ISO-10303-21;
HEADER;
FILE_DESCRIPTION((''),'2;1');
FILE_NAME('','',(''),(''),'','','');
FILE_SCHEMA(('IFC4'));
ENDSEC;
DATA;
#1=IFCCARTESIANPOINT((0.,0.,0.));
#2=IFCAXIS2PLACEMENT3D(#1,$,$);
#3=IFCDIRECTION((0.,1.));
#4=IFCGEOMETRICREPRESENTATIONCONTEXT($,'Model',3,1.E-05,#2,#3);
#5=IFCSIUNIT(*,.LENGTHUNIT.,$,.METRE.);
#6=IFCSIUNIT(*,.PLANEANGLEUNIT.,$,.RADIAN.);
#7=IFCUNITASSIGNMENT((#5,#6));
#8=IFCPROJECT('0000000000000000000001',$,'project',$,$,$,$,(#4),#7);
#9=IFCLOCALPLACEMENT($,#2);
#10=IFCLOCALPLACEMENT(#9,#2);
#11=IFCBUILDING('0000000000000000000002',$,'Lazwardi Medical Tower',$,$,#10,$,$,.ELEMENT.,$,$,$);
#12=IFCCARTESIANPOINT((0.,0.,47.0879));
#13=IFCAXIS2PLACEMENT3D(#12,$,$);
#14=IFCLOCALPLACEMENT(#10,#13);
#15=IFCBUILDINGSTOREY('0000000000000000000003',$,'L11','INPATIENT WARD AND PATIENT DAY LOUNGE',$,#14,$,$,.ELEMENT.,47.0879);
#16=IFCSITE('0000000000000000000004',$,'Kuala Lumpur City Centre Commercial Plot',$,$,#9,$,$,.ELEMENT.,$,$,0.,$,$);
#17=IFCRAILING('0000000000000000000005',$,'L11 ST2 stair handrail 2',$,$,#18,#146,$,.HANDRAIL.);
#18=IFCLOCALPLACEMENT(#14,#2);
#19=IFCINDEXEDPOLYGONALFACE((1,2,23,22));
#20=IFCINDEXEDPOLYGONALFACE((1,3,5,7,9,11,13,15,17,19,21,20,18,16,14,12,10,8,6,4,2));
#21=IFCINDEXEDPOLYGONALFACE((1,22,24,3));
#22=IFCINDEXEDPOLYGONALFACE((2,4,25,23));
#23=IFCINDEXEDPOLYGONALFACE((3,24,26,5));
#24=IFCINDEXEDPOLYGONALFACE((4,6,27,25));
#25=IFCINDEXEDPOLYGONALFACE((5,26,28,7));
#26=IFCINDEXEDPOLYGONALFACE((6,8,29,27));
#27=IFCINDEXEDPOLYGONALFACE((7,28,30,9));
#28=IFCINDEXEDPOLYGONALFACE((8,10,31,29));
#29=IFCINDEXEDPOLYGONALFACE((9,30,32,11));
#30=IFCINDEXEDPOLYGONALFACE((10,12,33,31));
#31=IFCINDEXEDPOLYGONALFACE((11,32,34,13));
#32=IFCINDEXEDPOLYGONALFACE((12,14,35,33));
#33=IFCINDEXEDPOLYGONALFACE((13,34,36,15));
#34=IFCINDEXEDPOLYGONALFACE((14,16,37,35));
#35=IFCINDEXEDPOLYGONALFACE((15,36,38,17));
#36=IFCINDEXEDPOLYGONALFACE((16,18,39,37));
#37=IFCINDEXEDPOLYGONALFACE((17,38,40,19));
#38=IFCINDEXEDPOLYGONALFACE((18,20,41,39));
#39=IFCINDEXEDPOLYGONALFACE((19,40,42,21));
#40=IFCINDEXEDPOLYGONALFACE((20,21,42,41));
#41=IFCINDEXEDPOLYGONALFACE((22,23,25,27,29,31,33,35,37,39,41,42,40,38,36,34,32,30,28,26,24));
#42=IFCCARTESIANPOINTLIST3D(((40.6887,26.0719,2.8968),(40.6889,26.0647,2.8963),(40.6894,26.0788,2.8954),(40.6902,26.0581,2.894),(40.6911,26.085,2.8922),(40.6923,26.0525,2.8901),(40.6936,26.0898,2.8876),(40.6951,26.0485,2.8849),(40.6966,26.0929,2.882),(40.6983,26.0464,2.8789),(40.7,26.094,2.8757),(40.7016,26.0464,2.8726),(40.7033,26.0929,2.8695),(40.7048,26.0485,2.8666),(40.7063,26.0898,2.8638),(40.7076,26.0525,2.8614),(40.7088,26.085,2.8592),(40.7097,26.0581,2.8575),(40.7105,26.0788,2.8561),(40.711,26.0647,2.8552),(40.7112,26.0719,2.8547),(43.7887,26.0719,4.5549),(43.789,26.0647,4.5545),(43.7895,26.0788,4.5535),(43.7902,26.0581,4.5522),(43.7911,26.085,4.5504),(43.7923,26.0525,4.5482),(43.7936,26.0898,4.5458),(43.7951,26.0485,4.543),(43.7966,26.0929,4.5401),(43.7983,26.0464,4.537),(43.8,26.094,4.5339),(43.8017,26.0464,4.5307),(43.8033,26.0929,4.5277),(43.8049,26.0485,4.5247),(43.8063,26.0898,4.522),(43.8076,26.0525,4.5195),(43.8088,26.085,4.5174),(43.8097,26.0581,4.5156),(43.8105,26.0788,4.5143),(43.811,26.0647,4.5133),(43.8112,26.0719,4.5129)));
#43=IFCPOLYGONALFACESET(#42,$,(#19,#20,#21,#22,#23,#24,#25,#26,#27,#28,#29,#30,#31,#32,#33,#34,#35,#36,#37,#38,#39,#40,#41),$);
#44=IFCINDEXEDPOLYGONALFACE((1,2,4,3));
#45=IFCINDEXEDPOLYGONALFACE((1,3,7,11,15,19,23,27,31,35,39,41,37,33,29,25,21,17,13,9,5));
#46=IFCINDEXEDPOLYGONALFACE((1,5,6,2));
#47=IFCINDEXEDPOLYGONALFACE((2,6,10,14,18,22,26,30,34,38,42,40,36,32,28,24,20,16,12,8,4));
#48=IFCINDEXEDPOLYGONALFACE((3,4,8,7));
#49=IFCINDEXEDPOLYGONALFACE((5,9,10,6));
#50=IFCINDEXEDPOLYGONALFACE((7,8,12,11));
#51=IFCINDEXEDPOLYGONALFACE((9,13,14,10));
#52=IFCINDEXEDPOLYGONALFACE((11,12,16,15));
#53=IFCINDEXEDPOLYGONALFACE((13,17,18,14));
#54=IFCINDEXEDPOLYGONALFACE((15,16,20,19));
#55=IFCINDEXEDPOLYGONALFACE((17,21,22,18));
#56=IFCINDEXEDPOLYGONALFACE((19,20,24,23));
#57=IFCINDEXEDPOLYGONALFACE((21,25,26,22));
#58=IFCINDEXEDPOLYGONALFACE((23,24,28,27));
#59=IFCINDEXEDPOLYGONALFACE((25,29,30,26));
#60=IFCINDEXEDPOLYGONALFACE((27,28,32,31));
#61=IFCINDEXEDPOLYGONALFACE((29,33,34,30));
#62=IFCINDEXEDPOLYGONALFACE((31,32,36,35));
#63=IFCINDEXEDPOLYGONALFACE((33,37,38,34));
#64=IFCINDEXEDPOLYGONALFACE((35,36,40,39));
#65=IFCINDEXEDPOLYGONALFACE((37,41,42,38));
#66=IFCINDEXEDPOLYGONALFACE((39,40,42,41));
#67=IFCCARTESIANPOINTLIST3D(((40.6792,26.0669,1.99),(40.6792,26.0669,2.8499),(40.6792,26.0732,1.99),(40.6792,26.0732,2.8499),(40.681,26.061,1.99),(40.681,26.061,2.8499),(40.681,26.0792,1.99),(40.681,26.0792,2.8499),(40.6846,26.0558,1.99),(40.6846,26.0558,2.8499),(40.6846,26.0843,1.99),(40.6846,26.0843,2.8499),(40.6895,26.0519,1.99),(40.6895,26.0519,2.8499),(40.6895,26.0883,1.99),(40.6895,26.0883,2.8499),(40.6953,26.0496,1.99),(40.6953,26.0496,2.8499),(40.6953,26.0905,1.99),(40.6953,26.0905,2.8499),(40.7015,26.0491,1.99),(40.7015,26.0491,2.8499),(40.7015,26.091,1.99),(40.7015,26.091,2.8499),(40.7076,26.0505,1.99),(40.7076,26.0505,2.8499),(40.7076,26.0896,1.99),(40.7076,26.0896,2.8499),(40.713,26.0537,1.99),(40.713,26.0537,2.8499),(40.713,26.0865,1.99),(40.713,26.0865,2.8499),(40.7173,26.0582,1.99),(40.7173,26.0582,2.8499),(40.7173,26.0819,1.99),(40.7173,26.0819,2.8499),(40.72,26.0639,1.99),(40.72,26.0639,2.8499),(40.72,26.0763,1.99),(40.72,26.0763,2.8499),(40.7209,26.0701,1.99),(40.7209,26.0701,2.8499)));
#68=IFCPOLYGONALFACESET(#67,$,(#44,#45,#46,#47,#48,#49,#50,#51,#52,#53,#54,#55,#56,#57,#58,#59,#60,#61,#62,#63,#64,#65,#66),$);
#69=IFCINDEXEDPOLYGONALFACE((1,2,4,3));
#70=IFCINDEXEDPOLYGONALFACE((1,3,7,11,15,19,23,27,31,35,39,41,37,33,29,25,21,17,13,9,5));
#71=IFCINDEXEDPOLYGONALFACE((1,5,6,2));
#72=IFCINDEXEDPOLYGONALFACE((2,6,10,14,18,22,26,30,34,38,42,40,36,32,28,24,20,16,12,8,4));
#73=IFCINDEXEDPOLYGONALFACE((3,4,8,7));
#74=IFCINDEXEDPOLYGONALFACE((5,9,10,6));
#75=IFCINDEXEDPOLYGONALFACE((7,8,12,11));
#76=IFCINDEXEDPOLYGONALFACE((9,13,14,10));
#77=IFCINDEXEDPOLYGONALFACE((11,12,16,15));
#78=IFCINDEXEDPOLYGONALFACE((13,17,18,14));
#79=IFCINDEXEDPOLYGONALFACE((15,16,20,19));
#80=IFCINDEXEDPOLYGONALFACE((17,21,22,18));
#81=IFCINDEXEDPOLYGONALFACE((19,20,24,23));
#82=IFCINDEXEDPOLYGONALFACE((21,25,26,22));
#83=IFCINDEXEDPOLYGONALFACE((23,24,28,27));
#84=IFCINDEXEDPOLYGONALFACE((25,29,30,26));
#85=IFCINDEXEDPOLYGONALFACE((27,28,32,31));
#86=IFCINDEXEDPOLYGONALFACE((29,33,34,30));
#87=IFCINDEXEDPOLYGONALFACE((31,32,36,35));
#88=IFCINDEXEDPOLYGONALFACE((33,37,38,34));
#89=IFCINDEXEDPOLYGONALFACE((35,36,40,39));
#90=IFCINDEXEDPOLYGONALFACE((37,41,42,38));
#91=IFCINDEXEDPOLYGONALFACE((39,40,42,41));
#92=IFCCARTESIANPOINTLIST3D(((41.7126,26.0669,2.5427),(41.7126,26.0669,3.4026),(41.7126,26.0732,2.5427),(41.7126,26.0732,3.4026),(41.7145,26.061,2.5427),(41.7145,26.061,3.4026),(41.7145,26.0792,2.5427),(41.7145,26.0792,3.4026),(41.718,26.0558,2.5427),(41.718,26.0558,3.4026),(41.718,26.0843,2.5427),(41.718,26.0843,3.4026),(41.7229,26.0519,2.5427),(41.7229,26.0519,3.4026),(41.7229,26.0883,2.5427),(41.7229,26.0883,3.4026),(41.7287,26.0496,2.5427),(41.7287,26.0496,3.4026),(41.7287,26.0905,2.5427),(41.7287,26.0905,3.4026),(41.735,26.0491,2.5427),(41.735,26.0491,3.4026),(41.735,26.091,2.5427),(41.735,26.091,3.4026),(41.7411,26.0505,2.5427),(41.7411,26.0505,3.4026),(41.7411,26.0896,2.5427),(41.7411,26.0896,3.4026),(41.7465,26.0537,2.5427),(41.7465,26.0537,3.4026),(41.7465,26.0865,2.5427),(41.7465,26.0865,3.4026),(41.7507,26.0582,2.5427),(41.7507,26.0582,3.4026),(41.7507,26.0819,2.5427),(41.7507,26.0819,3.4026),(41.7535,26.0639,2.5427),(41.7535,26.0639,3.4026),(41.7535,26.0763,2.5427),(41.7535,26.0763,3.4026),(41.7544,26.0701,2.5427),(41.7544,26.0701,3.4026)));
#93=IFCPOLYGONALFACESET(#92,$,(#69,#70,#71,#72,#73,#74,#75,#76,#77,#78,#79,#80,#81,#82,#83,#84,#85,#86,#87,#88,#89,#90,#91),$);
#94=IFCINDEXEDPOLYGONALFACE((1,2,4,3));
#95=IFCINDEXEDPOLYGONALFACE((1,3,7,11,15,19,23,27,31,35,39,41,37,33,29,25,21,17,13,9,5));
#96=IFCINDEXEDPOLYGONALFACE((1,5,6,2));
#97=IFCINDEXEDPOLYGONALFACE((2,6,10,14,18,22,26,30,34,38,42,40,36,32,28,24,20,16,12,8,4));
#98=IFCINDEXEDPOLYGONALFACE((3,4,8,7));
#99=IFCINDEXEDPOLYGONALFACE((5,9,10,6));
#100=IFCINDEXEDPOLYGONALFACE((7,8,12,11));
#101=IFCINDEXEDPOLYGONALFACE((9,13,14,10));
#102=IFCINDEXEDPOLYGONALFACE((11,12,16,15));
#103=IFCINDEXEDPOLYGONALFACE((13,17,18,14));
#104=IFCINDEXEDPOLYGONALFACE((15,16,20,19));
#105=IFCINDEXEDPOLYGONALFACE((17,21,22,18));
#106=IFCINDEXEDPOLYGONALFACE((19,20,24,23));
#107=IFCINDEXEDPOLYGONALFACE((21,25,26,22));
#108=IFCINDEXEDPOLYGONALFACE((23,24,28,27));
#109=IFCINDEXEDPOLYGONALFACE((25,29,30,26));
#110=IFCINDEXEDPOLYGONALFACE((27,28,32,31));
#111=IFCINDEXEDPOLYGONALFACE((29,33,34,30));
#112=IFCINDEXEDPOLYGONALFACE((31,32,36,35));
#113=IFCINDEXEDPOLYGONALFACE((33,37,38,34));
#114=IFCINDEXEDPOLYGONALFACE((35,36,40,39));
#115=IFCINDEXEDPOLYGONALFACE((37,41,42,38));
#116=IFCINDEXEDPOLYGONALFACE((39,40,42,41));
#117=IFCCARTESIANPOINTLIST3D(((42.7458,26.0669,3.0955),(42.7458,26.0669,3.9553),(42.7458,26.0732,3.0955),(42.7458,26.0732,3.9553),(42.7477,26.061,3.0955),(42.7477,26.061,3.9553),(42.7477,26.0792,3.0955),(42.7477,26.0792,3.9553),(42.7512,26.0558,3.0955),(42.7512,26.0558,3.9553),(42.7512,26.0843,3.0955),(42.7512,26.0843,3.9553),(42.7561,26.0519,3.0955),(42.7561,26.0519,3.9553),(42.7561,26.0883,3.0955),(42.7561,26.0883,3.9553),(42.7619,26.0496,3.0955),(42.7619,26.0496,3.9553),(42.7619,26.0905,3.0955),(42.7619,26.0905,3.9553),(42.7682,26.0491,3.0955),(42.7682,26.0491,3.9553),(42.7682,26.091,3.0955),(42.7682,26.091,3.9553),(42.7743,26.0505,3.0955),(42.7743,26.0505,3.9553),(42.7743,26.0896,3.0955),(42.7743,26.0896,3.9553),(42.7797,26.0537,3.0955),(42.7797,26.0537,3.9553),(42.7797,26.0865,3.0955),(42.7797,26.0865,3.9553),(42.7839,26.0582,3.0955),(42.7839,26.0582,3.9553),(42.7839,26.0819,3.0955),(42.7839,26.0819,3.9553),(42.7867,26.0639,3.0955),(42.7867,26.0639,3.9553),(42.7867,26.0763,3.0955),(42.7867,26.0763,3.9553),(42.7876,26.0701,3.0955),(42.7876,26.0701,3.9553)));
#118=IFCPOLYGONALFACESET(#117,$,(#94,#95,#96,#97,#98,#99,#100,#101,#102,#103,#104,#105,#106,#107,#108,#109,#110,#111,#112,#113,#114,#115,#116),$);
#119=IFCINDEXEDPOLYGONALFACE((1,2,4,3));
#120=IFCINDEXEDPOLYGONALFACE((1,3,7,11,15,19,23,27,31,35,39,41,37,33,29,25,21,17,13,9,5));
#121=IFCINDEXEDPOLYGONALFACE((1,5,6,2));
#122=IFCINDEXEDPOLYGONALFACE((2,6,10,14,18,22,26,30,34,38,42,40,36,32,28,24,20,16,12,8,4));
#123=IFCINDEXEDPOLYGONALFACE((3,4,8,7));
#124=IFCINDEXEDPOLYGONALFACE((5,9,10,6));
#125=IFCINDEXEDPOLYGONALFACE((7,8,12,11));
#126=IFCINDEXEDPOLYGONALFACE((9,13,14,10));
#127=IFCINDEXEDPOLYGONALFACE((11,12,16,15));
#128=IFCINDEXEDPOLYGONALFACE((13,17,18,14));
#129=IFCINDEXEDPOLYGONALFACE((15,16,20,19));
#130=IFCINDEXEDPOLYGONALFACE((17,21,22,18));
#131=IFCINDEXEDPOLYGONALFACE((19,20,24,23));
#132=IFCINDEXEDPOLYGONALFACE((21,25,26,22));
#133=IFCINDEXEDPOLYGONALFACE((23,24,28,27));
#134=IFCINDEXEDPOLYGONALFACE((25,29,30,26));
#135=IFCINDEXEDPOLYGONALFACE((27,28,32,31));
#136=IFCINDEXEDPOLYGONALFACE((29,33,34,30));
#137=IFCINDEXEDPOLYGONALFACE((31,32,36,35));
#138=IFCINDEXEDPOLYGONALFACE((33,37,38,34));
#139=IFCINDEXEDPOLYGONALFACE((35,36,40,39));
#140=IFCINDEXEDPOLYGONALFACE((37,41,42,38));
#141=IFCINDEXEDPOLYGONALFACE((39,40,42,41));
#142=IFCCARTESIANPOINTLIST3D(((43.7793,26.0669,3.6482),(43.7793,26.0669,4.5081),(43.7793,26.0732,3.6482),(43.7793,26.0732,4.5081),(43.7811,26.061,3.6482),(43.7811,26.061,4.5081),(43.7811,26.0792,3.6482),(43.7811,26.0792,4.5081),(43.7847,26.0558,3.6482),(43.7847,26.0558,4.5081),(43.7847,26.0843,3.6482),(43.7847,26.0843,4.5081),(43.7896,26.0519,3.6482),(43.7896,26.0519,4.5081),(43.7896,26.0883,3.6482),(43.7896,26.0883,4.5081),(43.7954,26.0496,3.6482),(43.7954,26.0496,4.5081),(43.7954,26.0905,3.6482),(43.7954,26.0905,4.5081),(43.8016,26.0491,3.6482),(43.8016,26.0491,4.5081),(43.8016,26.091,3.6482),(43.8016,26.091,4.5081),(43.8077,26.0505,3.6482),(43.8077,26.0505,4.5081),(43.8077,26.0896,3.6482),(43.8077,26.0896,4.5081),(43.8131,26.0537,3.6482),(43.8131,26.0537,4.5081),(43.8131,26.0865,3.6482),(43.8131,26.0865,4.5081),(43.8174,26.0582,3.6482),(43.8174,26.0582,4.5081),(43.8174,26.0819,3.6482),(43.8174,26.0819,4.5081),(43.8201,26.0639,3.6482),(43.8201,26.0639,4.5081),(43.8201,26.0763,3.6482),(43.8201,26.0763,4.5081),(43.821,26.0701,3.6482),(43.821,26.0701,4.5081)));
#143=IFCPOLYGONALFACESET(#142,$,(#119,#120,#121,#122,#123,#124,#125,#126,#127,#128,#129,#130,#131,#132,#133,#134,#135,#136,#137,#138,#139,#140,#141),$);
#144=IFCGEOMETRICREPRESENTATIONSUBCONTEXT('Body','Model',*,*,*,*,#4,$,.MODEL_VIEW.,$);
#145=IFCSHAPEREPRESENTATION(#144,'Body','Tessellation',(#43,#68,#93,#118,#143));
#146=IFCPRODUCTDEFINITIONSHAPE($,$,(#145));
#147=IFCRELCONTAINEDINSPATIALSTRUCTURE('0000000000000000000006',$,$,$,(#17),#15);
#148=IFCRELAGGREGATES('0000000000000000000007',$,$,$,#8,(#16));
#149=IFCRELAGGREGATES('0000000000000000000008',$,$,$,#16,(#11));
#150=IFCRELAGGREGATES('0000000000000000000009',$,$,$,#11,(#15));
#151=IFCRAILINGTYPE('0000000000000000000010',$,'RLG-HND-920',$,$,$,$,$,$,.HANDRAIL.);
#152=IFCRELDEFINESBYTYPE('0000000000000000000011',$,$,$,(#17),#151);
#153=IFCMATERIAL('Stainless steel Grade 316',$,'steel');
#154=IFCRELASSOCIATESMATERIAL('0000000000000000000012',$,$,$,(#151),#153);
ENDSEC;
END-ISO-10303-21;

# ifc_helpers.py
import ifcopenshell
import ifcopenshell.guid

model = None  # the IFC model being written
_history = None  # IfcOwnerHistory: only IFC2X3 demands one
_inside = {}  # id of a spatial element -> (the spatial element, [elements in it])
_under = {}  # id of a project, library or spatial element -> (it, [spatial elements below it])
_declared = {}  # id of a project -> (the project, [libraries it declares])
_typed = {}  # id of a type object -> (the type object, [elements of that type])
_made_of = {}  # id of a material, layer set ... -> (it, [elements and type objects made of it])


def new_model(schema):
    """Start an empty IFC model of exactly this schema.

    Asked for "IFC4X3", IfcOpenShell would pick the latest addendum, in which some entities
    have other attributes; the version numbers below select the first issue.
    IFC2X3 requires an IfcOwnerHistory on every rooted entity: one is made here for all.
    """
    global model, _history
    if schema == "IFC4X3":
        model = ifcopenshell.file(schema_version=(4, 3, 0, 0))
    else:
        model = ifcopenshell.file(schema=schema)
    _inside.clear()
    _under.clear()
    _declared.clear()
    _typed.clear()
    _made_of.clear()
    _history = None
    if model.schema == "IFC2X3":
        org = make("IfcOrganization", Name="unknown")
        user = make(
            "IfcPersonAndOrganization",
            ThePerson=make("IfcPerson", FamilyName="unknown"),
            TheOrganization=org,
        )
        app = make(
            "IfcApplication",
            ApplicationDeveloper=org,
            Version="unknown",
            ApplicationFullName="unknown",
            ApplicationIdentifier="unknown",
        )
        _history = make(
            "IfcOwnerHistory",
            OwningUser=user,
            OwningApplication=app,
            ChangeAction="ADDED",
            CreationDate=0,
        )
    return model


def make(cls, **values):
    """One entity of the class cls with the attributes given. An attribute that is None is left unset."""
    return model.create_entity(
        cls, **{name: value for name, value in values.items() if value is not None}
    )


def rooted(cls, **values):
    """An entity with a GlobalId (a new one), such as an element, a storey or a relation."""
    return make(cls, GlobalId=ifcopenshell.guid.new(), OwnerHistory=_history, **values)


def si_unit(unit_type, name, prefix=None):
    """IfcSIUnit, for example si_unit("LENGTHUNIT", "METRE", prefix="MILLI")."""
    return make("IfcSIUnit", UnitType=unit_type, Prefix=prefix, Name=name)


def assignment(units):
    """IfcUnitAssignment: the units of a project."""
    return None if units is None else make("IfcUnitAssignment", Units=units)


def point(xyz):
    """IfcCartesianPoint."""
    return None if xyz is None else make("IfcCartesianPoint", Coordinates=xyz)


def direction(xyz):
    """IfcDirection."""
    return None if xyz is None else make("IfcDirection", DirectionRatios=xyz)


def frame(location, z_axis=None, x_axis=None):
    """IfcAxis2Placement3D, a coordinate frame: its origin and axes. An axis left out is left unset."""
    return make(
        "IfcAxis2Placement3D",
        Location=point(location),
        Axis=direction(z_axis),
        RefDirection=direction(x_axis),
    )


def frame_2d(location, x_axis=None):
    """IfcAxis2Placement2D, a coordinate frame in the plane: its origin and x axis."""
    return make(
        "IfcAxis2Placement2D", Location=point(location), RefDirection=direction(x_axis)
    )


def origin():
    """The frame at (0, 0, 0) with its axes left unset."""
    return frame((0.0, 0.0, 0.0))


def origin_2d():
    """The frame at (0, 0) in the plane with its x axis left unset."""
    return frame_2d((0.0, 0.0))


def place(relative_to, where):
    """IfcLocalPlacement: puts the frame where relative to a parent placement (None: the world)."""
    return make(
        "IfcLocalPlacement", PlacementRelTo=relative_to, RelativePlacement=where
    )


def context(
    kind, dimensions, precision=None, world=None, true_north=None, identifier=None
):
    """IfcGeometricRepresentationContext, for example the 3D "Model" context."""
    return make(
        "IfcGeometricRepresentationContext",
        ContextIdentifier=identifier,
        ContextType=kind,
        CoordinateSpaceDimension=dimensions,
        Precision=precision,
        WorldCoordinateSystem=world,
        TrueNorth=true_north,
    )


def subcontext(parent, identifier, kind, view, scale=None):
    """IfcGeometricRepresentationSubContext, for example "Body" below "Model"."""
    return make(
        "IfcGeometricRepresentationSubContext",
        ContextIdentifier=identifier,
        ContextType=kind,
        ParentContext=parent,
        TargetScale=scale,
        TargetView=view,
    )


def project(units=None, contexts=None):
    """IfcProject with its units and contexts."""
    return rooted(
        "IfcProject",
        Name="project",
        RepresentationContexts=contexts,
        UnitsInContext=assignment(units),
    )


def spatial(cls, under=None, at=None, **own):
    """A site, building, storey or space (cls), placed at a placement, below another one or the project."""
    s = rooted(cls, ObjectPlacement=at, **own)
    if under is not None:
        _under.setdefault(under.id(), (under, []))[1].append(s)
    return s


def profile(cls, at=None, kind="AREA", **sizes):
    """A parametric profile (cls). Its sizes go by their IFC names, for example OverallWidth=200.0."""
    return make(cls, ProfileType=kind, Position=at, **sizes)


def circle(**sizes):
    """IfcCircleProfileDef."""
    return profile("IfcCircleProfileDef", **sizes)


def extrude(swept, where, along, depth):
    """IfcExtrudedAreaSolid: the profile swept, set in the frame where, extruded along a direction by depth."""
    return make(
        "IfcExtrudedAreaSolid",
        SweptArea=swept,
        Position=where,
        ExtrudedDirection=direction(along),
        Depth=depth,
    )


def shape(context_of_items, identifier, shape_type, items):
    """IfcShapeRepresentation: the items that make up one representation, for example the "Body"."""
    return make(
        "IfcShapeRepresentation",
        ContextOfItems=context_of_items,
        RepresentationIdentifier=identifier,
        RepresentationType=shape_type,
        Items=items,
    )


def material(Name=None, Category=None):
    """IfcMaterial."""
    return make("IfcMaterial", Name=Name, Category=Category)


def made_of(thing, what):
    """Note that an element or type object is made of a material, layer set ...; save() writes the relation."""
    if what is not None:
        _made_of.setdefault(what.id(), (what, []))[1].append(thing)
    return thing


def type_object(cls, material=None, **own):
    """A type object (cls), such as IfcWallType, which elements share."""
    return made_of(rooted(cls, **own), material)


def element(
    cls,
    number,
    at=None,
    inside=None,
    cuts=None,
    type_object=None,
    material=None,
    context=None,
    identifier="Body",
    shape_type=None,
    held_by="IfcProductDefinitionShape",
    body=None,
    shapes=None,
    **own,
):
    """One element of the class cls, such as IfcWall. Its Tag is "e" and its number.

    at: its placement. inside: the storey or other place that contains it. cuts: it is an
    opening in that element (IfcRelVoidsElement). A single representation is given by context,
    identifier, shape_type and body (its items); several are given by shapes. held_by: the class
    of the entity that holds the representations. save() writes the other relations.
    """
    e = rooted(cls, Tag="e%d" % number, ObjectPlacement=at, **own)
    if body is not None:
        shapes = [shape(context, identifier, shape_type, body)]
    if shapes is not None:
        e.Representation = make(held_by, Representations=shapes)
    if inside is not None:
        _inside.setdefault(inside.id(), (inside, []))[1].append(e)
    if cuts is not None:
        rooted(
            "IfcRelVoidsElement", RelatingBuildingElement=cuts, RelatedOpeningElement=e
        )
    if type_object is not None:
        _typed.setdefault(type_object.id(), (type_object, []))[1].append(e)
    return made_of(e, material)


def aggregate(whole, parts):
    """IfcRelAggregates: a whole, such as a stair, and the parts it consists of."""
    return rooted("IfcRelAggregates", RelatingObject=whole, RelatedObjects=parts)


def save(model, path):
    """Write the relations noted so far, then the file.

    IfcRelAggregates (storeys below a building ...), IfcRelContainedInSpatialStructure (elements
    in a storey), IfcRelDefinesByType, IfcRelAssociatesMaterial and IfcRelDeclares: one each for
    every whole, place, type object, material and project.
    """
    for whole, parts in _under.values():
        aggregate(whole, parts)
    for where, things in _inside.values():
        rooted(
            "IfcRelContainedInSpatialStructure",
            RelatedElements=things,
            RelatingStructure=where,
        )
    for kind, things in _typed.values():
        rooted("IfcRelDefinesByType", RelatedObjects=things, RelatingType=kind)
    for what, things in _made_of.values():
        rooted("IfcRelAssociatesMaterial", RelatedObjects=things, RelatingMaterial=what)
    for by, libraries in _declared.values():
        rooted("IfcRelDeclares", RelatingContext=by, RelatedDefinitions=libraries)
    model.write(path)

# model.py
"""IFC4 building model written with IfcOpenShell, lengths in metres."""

from ifc_helpers import new_model, si_unit, direction, frame, origin, origin_2d, place, context, subcontext, project, spatial, circle, extrude, material, type_object, element, save


model = new_model("IFC4")

# Units and contexts
model_context = context("Model", 3, precision=1e-05, world=origin(), true_north=direction((0.0, 1.0)))
body_context = subcontext(model_context, "Body", "Model", "MODEL_VIEW")
ifc_project = project(units=[si_unit("LENGTHUNIT", "METRE"), si_unit("PLANEANGLEUNIT", "RADIAN")], contexts=[model_context])

# Site, building, storey
site_placement = place(None, origin())
site = spatial("IfcSite", under=ifc_project, at=site_placement, Name="Kuala Lumpur City Centre Commercial Plot", CompositionType="ELEMENT", RefElevation=0.0)
building_placement = place(site_placement, origin())
building = spatial("IfcBuilding", under=site, at=building_placement, Name="Lazwardi Medical Tower", CompositionType="ELEMENT")
storey_placement = place(building_placement, frame((0.0, 0.0, 47.0879)))
storey = spatial("IfcBuildingStorey", under=building, at=storey_placement, Name="L11", Description="INPATIENT WARD AND PATIENT DAY LOUNGE", CompositionType="ELEMENT", Elevation=47.0879)

# Railing
ifc_material_1 = material(Name="Stainless steel Grade 316", Category="steel")
railing_type_1 = type_object("IfcRailingType", Name="RLG-HND-920", PredefinedType="HANDRAIL", material=ifc_material_1)
railing_1_placement = place(storey_placement, frame((40.7, 26.0701, 1.99)))
element("IfcRailing", 1, at=railing_1_placement, inside=storey, type_object=railing_type_1, Name="L11 ST2 stair handrail 2", PredefinedType="HANDRAIL", context=body_context, shape_type="SweptSolid", body=[
    extrude(circle(Radius=0.0239, at=origin_2d()), frame((0.0, 0.0, 0.8857), z_axis=(0.881783, 0.0, 0.471655), x_axis=(0.0, 1.0, 0.0)), (0.0, 0.0, 1.0), 3.5156),
    extrude(circle(Radius=0.021, at=origin_2d()), origin(), (0.0, 0.0, 1.0), 0.8599),
    extrude(circle(Radius=0.021, at=origin_2d()), frame((1.0334, 0.0, 0.5527)), (0.0, 0.0, 1.0), 0.8599),
    extrude(circle(Radius=0.021, at=origin_2d()), frame((2.0667, 0.0, 1.1055)), (0.0, 0.0, 1.0), 0.8599),
    extrude(circle(Radius=0.021, at=origin_2d()), frame((3.1001, 0.0, 1.6582)), (0.0, 0.0, 1.0), 0.8599),
])

save(model, "model.ifc")
